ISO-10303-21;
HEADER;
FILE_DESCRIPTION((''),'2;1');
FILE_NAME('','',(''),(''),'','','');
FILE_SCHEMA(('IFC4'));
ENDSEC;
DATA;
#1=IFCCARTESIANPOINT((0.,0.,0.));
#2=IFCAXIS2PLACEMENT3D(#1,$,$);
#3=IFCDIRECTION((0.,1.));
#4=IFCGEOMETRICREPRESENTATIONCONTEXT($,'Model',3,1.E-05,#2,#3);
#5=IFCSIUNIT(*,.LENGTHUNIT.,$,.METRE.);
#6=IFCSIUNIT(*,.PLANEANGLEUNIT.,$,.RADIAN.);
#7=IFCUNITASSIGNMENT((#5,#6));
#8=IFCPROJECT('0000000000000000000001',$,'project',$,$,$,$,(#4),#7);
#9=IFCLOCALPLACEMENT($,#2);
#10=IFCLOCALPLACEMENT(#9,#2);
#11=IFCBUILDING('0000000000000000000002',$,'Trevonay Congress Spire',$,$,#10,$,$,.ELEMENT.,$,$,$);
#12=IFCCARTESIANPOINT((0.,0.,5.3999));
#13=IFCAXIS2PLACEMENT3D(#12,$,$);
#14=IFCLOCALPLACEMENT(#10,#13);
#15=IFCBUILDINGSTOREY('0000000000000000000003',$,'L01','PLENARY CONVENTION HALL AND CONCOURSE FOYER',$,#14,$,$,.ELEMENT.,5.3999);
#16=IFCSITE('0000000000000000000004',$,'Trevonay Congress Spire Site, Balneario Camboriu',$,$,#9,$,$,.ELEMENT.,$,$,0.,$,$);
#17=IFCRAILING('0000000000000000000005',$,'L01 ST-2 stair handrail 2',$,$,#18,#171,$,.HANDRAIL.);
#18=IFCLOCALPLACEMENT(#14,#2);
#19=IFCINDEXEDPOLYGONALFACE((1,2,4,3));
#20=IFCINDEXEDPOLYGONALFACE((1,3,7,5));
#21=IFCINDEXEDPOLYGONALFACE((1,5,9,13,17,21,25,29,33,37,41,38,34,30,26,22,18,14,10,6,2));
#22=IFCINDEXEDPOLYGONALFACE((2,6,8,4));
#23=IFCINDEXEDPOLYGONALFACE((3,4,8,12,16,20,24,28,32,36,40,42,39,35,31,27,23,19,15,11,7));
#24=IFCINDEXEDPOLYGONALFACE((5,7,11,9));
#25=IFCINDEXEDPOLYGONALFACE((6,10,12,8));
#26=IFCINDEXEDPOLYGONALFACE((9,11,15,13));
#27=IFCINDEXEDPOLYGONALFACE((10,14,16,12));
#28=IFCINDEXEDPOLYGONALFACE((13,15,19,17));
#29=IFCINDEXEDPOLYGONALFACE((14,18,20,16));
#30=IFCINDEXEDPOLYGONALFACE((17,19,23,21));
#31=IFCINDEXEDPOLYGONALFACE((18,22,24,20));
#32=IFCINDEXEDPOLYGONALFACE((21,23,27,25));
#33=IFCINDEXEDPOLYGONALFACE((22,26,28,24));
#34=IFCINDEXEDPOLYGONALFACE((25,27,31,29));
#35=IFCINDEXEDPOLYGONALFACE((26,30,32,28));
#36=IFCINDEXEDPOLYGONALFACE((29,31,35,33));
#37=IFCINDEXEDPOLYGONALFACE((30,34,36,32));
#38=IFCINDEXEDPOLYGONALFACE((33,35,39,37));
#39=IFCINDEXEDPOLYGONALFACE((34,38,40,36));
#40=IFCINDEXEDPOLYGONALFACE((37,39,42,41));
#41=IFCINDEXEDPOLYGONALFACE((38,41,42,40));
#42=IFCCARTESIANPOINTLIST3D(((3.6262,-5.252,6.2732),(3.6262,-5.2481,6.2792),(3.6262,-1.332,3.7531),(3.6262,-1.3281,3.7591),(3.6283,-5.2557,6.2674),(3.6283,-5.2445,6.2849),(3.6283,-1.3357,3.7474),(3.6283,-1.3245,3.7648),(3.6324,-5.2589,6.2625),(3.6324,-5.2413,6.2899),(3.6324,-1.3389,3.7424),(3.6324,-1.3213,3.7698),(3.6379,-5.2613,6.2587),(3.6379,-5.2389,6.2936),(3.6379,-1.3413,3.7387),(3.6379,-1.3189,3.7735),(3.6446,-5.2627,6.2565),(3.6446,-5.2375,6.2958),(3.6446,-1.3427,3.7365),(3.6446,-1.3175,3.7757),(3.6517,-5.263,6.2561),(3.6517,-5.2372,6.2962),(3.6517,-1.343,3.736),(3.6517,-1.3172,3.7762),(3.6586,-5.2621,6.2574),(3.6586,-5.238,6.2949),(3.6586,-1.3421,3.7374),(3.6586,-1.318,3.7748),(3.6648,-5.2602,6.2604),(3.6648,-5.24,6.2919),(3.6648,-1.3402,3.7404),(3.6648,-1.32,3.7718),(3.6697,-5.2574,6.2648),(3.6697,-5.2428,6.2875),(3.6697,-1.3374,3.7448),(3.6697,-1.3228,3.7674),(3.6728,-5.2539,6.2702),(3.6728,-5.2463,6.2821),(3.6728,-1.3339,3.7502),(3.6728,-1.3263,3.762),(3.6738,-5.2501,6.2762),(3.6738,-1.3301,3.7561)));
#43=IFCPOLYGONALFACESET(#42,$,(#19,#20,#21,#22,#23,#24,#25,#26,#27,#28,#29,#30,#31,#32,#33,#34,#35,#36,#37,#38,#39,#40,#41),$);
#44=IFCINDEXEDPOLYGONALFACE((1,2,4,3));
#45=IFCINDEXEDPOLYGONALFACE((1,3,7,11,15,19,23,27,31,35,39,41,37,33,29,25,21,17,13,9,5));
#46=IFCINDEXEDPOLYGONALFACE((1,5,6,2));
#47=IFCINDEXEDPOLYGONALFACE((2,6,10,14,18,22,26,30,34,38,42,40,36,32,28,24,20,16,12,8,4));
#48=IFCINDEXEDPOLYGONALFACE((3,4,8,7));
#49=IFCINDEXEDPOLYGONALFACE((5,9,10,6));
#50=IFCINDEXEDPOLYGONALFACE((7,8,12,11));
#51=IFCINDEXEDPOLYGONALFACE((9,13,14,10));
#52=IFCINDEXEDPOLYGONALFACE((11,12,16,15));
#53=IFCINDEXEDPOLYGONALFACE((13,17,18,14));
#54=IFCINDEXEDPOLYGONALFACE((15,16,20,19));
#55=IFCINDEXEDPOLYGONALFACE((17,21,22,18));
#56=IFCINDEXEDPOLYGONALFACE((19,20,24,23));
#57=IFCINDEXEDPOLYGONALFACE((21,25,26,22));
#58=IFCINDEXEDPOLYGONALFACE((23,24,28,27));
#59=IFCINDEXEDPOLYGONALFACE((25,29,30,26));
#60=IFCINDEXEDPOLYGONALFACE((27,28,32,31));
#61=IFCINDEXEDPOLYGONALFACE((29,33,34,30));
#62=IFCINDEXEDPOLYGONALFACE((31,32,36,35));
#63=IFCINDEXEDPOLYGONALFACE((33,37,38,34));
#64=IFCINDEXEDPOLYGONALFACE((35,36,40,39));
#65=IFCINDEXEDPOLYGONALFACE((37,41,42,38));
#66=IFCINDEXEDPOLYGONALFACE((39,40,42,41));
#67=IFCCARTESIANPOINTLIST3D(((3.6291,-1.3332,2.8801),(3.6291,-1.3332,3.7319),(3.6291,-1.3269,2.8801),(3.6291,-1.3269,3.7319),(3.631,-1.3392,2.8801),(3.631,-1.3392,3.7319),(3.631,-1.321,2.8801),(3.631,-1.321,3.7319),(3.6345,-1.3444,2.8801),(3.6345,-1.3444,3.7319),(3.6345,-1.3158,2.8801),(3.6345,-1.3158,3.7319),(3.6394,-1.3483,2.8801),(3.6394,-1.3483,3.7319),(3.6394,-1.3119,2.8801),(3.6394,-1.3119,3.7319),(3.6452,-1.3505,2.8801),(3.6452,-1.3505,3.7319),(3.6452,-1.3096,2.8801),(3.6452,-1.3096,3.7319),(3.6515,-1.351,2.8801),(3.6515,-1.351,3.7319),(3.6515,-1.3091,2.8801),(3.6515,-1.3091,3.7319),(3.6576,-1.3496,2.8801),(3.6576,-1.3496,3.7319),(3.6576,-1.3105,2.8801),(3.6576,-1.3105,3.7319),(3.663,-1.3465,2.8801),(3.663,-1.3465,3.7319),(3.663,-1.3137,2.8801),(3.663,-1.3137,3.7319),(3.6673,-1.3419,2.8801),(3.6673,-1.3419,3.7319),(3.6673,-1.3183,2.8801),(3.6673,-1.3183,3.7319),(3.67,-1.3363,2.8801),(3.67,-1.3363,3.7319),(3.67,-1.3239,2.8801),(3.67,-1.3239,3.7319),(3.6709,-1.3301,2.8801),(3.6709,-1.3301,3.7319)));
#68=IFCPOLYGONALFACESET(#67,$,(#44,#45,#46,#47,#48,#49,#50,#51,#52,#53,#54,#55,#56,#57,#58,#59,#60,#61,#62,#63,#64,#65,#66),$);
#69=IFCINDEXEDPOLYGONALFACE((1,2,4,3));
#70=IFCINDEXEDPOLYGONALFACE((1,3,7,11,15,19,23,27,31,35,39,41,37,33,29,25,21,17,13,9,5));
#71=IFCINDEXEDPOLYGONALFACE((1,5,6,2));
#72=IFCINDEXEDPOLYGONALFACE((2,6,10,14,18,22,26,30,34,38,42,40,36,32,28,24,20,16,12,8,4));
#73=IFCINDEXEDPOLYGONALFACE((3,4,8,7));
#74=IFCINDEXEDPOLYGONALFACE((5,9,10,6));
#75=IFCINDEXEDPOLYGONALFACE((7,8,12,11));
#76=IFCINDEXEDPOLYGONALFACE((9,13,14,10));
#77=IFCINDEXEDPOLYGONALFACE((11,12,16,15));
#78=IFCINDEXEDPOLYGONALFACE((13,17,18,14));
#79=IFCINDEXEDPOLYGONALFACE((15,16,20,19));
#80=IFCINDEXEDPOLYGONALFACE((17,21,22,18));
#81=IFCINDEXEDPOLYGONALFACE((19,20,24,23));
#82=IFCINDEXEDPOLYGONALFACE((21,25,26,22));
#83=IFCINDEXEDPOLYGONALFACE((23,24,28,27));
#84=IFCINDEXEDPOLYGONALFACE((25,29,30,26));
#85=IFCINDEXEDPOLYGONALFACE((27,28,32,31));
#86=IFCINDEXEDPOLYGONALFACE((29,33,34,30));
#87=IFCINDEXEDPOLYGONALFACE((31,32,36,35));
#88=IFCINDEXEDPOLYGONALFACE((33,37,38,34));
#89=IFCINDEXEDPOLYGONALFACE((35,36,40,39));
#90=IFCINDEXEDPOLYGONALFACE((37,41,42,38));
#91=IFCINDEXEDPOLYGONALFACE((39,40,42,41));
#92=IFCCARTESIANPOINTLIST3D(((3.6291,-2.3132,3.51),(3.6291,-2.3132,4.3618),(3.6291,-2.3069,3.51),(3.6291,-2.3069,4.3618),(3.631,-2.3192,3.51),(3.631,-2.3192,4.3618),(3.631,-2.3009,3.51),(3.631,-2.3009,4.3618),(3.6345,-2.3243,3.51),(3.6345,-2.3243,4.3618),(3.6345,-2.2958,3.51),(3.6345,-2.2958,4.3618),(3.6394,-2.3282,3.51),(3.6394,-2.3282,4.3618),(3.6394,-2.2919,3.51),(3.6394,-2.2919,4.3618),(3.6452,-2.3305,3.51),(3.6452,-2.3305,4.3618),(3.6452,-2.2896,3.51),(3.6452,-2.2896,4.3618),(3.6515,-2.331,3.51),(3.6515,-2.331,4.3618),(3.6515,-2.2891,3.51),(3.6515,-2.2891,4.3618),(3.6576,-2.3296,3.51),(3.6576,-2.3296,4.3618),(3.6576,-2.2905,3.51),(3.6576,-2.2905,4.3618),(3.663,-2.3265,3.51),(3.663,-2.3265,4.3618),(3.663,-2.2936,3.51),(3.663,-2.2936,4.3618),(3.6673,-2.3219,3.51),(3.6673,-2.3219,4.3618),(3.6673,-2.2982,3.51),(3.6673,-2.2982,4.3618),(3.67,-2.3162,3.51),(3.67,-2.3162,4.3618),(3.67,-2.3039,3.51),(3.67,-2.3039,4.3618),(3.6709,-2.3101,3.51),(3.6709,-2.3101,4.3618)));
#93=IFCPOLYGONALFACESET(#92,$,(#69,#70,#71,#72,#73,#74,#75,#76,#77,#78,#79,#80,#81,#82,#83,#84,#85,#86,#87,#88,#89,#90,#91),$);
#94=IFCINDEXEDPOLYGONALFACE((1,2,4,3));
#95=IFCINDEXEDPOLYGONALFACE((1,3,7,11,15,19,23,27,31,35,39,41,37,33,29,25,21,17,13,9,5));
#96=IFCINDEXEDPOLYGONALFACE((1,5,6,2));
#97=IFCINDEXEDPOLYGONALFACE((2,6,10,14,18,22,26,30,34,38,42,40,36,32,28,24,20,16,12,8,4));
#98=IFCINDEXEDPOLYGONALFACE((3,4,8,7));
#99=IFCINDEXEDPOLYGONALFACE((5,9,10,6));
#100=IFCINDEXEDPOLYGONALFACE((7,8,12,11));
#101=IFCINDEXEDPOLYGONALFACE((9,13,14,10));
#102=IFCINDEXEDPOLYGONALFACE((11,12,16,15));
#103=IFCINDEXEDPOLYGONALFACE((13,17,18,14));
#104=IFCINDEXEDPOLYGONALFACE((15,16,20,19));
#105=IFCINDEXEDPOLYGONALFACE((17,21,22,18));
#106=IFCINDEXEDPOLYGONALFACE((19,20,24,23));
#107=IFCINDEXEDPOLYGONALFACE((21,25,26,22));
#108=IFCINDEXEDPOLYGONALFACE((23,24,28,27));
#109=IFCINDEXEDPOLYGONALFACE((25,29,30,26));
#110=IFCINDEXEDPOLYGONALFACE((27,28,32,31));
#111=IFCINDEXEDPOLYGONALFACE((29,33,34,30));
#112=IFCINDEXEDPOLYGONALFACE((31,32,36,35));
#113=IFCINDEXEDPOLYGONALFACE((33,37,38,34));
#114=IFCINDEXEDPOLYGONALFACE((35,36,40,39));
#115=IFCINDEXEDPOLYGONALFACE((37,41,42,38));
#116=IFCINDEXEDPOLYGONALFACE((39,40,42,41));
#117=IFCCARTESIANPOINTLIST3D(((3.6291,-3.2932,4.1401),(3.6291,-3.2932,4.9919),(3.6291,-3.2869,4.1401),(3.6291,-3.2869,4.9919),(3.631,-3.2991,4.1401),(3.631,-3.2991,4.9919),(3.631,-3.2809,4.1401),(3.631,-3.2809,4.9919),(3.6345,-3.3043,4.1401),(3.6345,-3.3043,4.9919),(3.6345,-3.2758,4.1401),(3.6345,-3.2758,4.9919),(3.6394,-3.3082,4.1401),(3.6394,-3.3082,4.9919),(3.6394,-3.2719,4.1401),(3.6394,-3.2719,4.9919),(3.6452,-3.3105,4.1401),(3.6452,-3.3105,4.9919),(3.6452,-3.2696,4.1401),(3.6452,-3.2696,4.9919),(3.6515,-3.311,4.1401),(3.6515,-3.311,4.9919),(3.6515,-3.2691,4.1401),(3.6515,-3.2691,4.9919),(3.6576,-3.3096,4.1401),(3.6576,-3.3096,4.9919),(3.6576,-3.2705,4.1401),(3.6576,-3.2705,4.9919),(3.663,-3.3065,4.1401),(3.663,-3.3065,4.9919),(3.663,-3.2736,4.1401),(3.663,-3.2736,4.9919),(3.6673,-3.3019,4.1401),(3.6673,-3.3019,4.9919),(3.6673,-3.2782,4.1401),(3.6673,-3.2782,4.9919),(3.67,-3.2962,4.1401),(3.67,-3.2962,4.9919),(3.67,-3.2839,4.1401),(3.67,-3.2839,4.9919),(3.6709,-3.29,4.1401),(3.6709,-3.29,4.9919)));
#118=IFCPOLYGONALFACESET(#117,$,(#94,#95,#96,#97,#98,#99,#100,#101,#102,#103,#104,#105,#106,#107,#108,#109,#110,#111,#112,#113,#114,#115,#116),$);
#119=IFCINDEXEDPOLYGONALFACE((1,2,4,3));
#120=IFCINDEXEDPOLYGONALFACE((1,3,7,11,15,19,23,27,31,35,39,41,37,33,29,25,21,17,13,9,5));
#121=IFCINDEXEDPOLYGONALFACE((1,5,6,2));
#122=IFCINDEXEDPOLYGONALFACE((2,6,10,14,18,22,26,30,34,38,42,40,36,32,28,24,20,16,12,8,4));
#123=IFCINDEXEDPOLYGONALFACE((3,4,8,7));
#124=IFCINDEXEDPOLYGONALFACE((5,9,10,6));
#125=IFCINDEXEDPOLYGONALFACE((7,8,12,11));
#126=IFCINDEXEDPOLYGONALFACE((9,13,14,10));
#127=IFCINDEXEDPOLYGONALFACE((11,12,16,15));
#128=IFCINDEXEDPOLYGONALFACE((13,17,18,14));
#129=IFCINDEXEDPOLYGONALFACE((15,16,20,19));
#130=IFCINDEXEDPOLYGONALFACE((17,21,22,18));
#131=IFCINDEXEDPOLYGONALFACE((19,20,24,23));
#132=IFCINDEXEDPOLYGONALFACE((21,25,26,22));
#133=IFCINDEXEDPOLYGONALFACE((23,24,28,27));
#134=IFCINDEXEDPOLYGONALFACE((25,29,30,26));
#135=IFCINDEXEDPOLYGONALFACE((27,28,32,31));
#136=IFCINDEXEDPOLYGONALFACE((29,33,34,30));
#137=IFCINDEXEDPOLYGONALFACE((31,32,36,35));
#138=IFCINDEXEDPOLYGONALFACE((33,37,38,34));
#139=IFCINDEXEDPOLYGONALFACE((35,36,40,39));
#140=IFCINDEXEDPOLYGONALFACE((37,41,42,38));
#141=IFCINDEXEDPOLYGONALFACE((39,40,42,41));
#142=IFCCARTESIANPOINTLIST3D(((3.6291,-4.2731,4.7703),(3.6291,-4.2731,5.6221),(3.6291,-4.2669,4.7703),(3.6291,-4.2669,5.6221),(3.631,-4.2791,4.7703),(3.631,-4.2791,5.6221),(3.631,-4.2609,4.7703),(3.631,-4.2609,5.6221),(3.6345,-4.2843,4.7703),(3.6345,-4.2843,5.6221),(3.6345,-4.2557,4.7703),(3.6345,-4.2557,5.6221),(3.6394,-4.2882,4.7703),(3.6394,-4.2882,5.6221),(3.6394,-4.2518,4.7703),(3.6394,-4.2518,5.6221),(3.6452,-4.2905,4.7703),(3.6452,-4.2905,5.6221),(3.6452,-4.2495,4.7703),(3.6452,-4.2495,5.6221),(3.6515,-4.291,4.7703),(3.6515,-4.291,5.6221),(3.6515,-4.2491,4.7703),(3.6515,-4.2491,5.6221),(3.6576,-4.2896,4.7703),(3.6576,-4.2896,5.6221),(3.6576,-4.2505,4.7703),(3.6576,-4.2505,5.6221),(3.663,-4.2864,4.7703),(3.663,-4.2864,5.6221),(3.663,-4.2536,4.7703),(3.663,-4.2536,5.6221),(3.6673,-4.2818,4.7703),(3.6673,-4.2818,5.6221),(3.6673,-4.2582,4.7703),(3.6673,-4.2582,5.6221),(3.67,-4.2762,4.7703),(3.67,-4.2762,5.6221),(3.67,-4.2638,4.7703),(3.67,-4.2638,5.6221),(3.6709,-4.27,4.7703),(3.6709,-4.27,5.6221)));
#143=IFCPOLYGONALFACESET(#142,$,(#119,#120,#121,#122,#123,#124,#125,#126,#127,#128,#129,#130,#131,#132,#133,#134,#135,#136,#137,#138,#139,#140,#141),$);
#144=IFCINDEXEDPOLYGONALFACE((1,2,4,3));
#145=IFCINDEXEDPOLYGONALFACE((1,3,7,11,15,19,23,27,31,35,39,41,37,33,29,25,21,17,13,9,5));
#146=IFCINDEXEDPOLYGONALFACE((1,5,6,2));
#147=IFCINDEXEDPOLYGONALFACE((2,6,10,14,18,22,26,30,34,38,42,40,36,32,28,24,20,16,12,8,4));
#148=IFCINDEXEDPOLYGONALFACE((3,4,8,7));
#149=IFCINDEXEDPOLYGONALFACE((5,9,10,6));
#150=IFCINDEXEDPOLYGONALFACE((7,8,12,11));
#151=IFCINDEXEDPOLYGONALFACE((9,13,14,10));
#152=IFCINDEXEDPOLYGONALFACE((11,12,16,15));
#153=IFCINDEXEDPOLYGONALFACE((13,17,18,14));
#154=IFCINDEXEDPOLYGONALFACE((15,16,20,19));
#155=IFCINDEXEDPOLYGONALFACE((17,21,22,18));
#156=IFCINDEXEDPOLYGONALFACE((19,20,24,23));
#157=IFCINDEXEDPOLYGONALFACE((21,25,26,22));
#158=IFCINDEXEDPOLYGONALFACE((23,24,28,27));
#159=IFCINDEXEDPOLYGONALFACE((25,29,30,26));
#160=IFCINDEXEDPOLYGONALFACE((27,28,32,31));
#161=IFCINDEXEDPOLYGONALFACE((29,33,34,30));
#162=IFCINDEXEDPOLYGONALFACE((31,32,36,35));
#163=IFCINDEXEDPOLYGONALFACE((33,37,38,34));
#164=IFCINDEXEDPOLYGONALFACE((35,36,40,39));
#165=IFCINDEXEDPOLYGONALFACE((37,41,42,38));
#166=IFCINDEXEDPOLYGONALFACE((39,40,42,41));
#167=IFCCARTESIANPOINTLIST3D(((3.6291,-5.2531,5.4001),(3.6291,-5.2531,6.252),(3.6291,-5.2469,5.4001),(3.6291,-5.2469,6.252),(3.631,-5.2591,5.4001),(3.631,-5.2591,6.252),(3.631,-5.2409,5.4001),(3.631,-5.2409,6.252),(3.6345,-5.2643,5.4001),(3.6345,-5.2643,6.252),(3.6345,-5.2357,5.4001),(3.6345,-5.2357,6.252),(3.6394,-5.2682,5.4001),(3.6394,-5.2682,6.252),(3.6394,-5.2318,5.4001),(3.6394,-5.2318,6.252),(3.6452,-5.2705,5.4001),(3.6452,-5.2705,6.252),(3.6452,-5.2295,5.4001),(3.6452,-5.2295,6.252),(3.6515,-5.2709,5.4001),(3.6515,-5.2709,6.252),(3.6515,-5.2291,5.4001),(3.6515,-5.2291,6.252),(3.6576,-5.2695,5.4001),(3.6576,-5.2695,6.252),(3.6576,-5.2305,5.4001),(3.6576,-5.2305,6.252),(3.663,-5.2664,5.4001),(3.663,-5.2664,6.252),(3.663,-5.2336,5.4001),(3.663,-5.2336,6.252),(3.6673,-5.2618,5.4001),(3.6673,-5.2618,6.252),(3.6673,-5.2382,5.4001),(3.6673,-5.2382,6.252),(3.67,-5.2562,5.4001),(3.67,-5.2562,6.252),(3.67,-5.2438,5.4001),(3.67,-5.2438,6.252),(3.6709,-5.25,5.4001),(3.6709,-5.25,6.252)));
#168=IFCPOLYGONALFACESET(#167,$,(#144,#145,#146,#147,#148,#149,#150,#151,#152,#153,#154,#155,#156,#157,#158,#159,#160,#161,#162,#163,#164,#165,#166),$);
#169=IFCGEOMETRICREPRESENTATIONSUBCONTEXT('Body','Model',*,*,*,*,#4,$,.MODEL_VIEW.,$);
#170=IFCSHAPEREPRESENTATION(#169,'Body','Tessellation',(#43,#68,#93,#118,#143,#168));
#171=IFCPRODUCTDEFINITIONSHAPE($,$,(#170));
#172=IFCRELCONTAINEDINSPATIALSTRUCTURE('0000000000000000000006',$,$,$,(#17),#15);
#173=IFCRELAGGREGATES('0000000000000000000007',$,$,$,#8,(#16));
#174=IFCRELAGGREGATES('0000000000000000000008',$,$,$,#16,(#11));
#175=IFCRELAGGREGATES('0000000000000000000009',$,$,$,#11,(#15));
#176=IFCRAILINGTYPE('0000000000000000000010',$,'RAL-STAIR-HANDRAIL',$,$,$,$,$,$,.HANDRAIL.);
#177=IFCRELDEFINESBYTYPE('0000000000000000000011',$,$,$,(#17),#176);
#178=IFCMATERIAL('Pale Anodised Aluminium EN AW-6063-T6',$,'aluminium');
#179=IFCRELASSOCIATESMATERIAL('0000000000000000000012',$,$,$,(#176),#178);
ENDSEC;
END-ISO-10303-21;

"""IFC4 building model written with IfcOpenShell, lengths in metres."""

from ifc_helpers import new_model, si_unit, direction, frame, origin, origin_2d, place, context, subcontext, project, spatial, circle, extrude, material, type_object, element, save


model = new_model("IFC4")

# Units and contexts
model_context = context("Model", 3, precision=1e-05, world=origin(), true_north=direction((0.0, 1.0)))
body_context = subcontext(model_context, "Body", "Model", "MODEL_VIEW")
ifc_project = project(units=[si_unit("LENGTHUNIT", "METRE"), si_unit("PLANEANGLEUNIT", "RADIAN")], contexts=[model_context])

# Site, building, storey
site_placement = place(None, origin())
site = spatial("IfcSite", under=ifc_project, at=site_placement, Name="Trevonay Congress Spire Site, Balneario Camboriu", CompositionType="ELEMENT", RefElevation=0.0)
building_placement = place(site_placement, origin())
building = spatial("IfcBuilding", under=site, at=building_placement, Name="Trevonay Congress Spire", CompositionType="ELEMENT")
storey_placement = place(building_placement, frame((0.0, 0.0, 5.3999)))
storey = spatial("IfcBuildingStorey", under=building, at=storey_placement, Name="L01", Description="PLENARY CONVENTION HALL AND CONCOURSE FOYER", CompositionType="ELEMENT", Elevation=5.3999)

# Railing
ifc_material_1 = material(Name="Pale Anodised Aluminium EN AW-6063-T6", Category="aluminium")
railing_type_1 = type_object("IfcRailingType", Name="RAL-STAIR-HANDRAIL", PredefinedType="HANDRAIL", material=ifc_material_1)
railing_1_placement = place(storey_placement, frame((3.6499, -1.3301, 2.8801)))
element("IfcRailing", 1, at=railing_1_placement, inside=storey, type_object=railing_type_1, Name="L01 ST-2 stair handrail 2", PredefinedType="HANDRAIL", context=body_context, shape_type="SweptSolid", body=[
    extrude(circle(Radius=0.0239, at=origin_2d()), frame((0.0, 0.0, 0.876), z_axis=(0.0, -0.841172, 0.540768), x_axis=(1.0, 0.0, 0.0)), (0.0, 0.0, 1.0), 4.6602),
    extrude(circle(Radius=0.021, at=origin_2d()), origin(), (0.0, 0.0, 1.0), 0.8518),
    extrude(circle(Radius=0.021, at=origin_2d()), frame((0.0, -0.98, 0.6299)), (0.0, 0.0, 1.0), 0.8518),
    extrude(circle(Radius=0.021, at=origin_2d()), frame((0.0, -1.96, 1.26)), (0.0, 0.0, 1.0), 0.8518),
    extrude(circle(Radius=0.021, at=origin_2d()), frame((0.0, -2.9399, 1.8901)), (0.0, 0.0, 1.0), 0.8518),
    extrude(circle(Radius=0.021, at=origin_2d()), frame((0.0, -3.9199, 2.52)), (0.0, 0.0, 1.0), 0.8518),
])

save(model, "model.ifc")
